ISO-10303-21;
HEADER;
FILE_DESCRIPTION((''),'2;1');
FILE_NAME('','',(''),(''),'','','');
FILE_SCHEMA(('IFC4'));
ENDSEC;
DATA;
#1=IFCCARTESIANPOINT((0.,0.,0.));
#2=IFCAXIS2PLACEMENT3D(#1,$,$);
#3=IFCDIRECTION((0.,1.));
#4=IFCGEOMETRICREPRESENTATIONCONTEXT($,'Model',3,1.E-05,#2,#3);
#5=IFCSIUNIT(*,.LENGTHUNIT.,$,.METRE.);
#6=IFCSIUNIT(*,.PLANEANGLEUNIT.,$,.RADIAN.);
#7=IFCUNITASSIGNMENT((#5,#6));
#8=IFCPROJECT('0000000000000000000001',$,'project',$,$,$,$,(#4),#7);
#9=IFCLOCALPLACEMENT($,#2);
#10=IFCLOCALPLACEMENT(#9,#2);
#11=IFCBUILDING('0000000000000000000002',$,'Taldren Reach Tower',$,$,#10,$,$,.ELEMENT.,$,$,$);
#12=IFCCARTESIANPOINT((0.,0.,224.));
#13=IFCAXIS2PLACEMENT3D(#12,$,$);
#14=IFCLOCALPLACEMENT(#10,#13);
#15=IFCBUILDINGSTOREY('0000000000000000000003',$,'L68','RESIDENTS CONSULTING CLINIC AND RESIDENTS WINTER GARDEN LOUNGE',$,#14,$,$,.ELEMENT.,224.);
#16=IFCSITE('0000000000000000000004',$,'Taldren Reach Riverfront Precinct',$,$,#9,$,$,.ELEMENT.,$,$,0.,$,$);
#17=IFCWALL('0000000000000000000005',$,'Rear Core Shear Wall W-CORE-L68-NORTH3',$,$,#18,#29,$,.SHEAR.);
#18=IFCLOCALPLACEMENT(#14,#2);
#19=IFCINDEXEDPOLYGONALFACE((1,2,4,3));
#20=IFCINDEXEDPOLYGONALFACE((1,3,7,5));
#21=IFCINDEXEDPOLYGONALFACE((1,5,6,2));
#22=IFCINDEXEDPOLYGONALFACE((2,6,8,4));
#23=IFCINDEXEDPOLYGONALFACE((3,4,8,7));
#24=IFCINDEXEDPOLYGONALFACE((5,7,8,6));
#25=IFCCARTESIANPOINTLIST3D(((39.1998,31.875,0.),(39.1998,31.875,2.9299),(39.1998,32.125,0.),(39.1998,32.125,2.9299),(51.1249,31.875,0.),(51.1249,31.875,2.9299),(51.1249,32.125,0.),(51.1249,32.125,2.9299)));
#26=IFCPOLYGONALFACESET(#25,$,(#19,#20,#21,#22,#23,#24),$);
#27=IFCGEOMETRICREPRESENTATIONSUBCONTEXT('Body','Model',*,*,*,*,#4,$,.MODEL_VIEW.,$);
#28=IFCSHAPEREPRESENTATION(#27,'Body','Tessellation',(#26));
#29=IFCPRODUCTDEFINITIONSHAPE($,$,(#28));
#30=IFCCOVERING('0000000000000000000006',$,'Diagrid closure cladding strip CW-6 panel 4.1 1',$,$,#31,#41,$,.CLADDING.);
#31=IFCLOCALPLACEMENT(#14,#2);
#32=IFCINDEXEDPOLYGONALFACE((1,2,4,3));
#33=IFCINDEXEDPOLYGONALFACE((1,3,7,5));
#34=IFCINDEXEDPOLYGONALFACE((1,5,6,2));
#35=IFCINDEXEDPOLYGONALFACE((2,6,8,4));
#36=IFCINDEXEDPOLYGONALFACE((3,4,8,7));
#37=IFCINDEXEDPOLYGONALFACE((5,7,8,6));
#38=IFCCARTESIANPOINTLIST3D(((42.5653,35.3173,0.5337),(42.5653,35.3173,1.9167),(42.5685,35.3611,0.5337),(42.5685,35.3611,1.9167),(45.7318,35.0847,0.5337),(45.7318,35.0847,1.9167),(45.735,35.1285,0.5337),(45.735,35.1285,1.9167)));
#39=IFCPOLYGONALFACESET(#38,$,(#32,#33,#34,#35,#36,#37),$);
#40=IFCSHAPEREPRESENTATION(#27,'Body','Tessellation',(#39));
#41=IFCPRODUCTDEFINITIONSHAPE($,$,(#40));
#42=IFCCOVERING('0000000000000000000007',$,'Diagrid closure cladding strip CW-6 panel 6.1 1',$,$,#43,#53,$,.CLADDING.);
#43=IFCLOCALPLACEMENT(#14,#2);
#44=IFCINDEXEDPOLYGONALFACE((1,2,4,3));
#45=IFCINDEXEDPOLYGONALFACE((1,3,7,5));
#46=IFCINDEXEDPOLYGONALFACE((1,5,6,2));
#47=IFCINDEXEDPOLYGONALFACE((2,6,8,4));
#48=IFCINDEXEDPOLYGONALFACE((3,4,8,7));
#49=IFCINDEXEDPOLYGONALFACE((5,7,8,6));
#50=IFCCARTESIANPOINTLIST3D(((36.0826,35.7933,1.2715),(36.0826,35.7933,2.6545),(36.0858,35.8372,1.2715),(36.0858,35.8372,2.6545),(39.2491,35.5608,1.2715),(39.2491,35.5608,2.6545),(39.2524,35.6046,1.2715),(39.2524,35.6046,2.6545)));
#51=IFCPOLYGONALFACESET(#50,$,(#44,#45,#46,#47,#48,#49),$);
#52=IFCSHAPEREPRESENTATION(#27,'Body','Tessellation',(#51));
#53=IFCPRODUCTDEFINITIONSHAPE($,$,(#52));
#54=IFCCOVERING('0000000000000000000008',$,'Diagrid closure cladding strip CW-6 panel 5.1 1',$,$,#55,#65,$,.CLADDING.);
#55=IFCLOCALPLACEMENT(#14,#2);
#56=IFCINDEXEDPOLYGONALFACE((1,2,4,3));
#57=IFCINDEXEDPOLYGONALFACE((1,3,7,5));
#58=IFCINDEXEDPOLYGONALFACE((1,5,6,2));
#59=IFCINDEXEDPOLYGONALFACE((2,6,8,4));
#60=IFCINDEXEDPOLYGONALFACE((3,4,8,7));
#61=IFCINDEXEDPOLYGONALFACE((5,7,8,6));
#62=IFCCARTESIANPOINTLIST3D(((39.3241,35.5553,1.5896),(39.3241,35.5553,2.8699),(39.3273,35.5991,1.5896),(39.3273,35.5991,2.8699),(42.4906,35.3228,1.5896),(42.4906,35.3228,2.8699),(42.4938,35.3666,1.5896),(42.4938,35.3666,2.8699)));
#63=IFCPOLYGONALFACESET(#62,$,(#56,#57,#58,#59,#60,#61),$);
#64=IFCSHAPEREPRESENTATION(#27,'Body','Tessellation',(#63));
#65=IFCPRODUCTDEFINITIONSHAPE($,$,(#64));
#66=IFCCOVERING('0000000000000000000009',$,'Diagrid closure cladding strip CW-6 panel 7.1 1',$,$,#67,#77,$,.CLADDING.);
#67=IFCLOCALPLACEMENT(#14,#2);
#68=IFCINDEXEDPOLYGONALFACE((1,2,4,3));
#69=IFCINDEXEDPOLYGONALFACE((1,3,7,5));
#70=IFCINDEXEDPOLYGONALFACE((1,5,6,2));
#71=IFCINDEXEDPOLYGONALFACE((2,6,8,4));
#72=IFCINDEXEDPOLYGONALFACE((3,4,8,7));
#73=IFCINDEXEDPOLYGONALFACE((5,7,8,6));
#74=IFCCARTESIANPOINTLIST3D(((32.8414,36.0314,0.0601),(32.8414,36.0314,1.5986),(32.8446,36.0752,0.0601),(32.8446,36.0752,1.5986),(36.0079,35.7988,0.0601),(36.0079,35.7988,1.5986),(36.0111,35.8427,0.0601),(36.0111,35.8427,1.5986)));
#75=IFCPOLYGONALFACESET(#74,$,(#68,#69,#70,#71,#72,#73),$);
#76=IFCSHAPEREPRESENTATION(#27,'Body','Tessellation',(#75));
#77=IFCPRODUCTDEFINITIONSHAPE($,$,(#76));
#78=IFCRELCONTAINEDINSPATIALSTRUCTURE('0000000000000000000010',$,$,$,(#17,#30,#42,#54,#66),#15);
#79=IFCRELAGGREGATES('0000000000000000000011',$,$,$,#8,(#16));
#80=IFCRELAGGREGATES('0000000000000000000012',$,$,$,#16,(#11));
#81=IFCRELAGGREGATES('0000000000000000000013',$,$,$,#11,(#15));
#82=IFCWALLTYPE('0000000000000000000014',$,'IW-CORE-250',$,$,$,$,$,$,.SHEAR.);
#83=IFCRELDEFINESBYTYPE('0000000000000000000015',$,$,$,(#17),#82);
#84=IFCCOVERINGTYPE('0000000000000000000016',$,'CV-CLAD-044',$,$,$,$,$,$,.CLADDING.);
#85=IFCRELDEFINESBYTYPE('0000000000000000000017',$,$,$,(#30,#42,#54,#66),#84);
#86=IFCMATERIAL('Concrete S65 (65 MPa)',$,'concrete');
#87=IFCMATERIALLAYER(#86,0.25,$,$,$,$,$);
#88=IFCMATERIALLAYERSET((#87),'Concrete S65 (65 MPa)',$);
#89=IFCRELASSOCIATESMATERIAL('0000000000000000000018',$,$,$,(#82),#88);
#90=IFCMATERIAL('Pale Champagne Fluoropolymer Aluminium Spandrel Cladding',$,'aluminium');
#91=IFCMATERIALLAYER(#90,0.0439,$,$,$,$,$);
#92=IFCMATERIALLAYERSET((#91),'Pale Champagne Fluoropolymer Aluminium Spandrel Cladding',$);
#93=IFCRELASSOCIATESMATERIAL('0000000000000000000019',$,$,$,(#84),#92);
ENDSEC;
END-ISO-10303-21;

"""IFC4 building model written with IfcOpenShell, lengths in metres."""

from ifc_helpers import new_model, si_unit, direction, frame, frame_2d, origin, origin_2d, place, context, subcontext, project, spatial, rectangle, extrude, source, transform, mapped, material, layer, layer_set, type_object, element, save


model = new_model("IFC4")

# Units and contexts
model_context = context("Model", 3, precision=1e-05, world=origin(), true_north=direction((0.0, 1.0)))
body_context = subcontext(model_context, "Body", "Model", "MODEL_VIEW")
ifc_project = project(units=[si_unit("LENGTHUNIT", "METRE"), si_unit("PLANEANGLEUNIT", "RADIAN")], contexts=[model_context])

# Site, building, storey
site_placement = place(None, origin())
site = spatial("IfcSite", under=ifc_project, at=site_placement, Name="Taldren Reach Riverfront Precinct", CompositionType="ELEMENT", RefElevation=0.0)
building_placement = place(site_placement, origin())
building = spatial("IfcBuilding", under=site, at=building_placement, Name="Taldren Reach Tower", CompositionType="ELEMENT")
storey_placement = place(building_placement, frame((0.0, 0.0, 224.0)))
storey = spatial("IfcBuildingStorey", under=building, at=storey_placement, Name="L68", Description="RESIDENTS CONSULTING CLINIC AND RESIDENTS WINTER GARDEN LOUNGE", CompositionType="ELEMENT", Elevation=224.0)

# Wall
ifc_material_1 = material(Name="Concrete S65 (65 MPa)", Category="concrete")
ifc_layer_1 = layer(ifc_material_1, 0.25)
ifc_layer_set_1 = layer_set([ifc_layer_1], Name="Concrete S65 (65 MPa)")
wall_type = type_object("IfcWallType", Name="IW-CORE-250", PredefinedType="SHEAR", material=ifc_layer_set_1)
shared_shape_1 = source(origin(), body_context, "Body", "SweptSolid", [
    extrude(rectangle(XDim=11.925, YDim=0.25, at=frame_2d((5.9624, 0.0))), origin(), (0.0, 0.0, 1.0), 2.9299),
])
wall_placement = place(storey_placement, frame((39.2, 32.0, 0.0), z_axis=(0.0, 0.0, 1.0), x_axis=(1.0, 0.0, 0.0)))
element("IfcWall", 1, at=wall_placement, inside=storey, type_object=wall_type, Name="Rear Core Shear Wall W-CORE-L68-NORTH3", PredefinedType="SHEAR", context=body_context, shape_type="MappedRepresentation", body=[
    mapped(shared_shape_1, transform((0.0, 0.0, 0.0), scale=1.0)),
])

# Coverings
ifc_material_2 = material(Name="Pale Champagne Fluoropolymer Aluminium Spandrel Cladding", Category="aluminium")
ifc_layer_2 = layer(ifc_material_2, 0.0439)
ifc_layer_set_2 = layer_set([ifc_layer_2], Name="Pale Champagne Fluoropolymer Aluminium Spandrel Cladding")
covering_type = type_object("IfcCoveringType", Name="CV-CLAD-044", PredefinedType="CLADDING", material=ifc_layer_set_2)
shared_shape_2 = source(origin(), body_context, "Body", "SweptSolid", [
    extrude(rectangle(XDim=3.175, YDim=0.0439, at=origin_2d()), origin(), (0.0, 0.0, 1.0), 1.3831),
])
for number, where, z_axis, x_axis, name in (
    (2, (44.1501, 35.2229, 0.5337), (0.0, 0.0, 1.0), (-0.997314, 0.073238, 0.0), "Diagrid closure cladding strip CW-6 panel 4.1 1"),
    (3, (37.6675, 35.699, 1.2715), (0.0, 0.0, 1.0), (-0.997314, 0.073238, 0.0), "Diagrid closure cladding strip CW-6 panel 6.1 1"),
):
    element("IfcCovering", number, at=place(storey_placement, frame(where, z_axis=z_axis, x_axis=x_axis)), inside=storey, type_object=covering_type, Name=name, PredefinedType="CLADDING", context=body_context, shape_type="MappedRepresentation", body=[
        mapped(shared_shape_2, transform((0.0, 0.0, 0.0), scale=1.0)),
    ])
shared_shape_3 = source(origin(), body_context, "Body", "SweptSolid", [
    extrude(rectangle(XDim=3.175, YDim=0.0439, at=origin_2d()), origin(), (0.0, 0.0, 1.0), 1.2803),
])
covering_1_placement = place(storey_placement, frame((40.9089, 35.4609, 1.5896), z_axis=(0.0, 0.0, 1.0), x_axis=(-0.997314, 0.073238, 0.0)))
element("IfcCovering", 4, at=covering_1_placement, inside=storey, type_object=covering_type, Name="Diagrid closure cladding strip CW-6 panel 5.1 1", PredefinedType="CLADDING", context=body_context, shape_type="MappedRepresentation", body=[
    mapped(shared_shape_3, transform((0.0, 0.0, 0.0), scale=1.0)),
])
shared_shape_4 = source(origin(), body_context, "Body", "SweptSolid", [
    extrude(rectangle(XDim=3.175, YDim=0.0439, at=origin_2d()), origin(), (0.0, 0.0, 1.0), 1.5386),
])
covering_2_placement = place(storey_placement, frame((34.4263, 35.937, 0.0601), z_axis=(0.0, 0.0, 1.0), x_axis=(-0.997314, 0.073238, 0.0)))
element("IfcCovering", 5, at=covering_2_placement, inside=storey, type_object=covering_type, Name="Diagrid closure cladding strip CW-6 panel 7.1 1", PredefinedType="CLADDING", context=body_context, shape_type="MappedRepresentation", body=[
    mapped(shared_shape_4, transform((0.0, 0.0, 0.0), scale=1.0)),
])

save(model, "model.ifc")
